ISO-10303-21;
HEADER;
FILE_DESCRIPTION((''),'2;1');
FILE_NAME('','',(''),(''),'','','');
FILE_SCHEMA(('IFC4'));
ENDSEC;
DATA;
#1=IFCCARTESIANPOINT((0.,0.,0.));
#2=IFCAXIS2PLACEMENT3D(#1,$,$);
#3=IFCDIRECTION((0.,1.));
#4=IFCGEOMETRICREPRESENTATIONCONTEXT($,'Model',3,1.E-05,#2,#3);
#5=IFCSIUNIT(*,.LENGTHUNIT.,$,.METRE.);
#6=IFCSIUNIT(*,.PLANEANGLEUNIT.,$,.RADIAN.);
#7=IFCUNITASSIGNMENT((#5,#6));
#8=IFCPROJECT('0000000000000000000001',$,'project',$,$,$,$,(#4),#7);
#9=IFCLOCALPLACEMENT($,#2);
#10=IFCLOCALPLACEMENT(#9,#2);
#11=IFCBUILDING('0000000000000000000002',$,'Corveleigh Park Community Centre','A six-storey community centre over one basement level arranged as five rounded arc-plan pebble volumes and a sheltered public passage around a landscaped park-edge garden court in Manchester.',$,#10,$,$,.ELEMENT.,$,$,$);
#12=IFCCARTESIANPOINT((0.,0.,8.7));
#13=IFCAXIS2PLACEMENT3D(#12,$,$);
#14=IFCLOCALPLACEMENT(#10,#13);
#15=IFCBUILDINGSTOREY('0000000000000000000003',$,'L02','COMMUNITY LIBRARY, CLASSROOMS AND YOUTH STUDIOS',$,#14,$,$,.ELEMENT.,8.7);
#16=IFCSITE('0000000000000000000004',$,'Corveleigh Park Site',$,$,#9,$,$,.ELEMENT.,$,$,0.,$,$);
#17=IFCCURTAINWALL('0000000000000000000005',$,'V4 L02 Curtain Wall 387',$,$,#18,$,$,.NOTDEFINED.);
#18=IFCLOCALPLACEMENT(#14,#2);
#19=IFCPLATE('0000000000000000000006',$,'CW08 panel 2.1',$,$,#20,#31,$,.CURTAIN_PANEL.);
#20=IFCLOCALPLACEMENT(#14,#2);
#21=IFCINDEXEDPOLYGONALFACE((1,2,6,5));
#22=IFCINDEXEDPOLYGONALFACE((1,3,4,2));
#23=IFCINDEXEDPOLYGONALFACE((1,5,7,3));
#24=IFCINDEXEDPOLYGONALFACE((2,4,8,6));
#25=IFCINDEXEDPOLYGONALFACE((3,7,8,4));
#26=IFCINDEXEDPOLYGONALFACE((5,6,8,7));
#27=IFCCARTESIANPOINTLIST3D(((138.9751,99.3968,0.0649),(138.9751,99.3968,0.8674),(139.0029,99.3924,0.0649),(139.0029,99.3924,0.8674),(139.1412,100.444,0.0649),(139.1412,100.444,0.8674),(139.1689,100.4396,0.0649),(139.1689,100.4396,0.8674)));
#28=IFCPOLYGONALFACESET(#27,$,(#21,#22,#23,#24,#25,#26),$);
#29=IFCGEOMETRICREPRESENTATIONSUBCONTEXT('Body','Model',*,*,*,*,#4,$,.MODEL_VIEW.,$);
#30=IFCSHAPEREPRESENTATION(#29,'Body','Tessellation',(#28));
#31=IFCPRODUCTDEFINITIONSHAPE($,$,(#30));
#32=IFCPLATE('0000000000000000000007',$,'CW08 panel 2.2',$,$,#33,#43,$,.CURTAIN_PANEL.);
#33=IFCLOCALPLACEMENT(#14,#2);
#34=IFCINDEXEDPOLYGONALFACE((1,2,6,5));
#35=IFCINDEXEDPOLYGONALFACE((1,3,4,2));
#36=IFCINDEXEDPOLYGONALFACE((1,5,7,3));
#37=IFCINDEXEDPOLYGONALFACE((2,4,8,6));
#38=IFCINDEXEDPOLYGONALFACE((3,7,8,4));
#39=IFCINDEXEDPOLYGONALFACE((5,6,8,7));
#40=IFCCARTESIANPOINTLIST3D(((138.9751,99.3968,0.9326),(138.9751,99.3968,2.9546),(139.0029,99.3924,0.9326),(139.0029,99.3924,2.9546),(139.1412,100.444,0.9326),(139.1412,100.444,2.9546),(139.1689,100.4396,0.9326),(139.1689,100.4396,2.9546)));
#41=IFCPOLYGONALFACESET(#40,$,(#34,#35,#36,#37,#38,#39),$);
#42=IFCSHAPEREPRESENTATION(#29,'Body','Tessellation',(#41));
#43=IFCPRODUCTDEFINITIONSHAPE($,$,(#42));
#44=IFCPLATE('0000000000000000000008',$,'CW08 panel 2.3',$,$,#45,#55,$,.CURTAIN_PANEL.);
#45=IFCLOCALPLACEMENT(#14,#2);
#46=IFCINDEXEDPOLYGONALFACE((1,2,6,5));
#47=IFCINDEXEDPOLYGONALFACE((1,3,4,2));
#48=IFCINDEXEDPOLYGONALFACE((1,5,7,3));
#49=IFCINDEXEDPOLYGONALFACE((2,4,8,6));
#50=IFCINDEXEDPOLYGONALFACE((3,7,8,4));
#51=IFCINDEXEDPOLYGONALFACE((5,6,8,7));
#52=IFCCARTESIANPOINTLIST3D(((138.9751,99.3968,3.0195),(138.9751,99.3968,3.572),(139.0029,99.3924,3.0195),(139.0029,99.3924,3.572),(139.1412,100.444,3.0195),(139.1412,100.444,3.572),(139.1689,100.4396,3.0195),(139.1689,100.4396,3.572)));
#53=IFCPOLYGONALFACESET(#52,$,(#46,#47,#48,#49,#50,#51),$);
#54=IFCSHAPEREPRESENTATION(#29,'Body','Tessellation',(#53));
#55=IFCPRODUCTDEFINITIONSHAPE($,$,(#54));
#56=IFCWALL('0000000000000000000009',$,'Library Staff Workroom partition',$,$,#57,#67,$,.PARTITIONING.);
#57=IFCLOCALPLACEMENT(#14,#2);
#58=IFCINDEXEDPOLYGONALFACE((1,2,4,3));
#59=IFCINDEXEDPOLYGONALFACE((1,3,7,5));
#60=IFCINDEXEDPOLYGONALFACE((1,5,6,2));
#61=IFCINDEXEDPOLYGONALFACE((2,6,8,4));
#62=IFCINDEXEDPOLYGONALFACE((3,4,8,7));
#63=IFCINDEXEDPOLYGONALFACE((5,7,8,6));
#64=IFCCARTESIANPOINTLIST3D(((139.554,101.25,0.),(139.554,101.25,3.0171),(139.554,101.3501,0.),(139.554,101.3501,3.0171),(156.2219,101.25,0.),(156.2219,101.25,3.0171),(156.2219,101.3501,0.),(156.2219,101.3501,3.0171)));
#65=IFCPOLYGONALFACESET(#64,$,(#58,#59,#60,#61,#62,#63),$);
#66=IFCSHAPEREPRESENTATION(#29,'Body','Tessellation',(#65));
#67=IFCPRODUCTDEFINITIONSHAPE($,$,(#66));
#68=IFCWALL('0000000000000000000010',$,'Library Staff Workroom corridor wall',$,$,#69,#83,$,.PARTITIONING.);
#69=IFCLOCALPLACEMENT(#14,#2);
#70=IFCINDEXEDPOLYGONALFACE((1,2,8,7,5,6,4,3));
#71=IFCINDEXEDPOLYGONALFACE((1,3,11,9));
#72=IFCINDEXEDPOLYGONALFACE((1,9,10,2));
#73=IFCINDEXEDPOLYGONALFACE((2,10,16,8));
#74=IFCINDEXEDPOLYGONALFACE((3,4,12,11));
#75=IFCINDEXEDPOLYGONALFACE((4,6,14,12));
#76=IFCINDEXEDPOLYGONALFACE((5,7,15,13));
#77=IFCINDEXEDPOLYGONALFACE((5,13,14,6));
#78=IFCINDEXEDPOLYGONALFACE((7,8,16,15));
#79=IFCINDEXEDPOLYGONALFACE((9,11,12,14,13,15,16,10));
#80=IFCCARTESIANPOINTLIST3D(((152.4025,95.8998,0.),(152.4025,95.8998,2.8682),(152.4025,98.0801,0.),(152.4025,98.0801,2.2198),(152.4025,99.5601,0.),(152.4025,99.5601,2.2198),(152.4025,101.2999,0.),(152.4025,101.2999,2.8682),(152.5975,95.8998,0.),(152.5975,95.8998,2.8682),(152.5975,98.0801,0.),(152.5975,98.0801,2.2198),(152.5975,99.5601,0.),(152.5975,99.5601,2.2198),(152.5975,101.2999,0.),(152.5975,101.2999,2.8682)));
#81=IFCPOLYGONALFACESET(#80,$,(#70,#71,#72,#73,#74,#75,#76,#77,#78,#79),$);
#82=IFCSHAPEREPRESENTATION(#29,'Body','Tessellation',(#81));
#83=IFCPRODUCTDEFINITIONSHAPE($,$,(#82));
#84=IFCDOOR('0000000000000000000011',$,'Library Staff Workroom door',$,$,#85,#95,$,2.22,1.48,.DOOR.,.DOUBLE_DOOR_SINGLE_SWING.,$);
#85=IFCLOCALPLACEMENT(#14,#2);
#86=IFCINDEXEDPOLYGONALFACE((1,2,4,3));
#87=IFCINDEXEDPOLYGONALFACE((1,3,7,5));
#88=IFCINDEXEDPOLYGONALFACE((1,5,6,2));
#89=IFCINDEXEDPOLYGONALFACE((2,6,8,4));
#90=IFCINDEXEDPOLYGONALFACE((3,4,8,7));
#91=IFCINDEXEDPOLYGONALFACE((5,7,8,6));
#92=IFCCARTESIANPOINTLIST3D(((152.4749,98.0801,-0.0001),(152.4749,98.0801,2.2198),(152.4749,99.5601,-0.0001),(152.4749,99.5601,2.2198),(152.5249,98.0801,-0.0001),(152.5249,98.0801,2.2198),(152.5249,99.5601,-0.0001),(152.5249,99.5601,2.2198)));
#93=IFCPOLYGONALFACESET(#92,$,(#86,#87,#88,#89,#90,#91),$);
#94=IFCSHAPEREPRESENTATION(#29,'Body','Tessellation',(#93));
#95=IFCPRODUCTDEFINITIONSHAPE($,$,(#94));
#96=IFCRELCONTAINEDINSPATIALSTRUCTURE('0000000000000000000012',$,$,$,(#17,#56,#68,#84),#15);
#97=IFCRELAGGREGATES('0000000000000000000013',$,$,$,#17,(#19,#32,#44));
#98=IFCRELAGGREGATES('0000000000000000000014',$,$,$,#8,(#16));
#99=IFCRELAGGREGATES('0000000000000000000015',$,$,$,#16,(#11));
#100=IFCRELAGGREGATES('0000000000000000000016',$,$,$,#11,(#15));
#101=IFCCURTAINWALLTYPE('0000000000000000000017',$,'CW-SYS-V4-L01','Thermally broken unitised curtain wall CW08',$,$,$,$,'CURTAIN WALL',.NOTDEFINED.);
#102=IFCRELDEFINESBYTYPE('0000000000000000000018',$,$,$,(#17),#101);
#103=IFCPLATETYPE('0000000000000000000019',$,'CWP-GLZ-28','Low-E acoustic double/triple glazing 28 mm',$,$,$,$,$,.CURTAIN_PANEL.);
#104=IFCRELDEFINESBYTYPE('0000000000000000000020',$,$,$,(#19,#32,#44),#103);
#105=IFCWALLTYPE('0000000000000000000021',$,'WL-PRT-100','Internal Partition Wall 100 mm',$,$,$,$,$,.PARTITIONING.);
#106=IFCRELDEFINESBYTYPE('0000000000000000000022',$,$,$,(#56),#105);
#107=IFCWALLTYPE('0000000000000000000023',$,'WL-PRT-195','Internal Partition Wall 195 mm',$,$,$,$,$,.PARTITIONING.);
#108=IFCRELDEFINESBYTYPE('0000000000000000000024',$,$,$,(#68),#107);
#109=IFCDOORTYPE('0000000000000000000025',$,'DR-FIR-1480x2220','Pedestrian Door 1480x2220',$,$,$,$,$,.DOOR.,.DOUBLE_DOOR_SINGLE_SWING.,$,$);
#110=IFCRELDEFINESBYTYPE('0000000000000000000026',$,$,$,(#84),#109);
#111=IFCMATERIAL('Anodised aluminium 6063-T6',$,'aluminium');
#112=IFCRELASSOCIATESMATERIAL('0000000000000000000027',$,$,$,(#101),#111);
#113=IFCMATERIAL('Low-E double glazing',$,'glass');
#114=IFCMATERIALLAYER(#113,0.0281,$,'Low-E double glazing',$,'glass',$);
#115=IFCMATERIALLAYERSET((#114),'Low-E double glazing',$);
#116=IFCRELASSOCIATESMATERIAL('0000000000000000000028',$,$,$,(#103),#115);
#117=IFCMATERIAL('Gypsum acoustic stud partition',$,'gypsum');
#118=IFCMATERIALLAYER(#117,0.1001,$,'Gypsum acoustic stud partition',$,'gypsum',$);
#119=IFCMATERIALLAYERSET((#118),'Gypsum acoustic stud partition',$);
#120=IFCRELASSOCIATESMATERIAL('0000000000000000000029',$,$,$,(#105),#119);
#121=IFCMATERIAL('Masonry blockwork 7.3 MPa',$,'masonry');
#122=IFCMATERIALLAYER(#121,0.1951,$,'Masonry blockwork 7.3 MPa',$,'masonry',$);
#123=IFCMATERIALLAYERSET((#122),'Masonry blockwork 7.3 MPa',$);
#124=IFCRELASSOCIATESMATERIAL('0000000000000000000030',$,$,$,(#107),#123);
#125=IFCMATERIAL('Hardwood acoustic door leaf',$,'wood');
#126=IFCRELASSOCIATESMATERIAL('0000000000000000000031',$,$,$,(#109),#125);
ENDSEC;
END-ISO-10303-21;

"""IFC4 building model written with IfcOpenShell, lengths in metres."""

from ifc_helpers import new_model, si_unit, direction, frame, frame_2d, origin, origin_2d, place, context, subcontext, project, spatial, rectangle, extrude, material, layer, layer_set, type_object, element, fill, aggregate, save


model = new_model("IFC4")

# Units and contexts
model_context = context("Model", 3, precision=1e-05, world=origin(), true_north=direction((0.0, 1.0)))
body_context = subcontext(model_context, "Body", "Model", "MODEL_VIEW")
ifc_project = project(units=[si_unit("LENGTHUNIT", "METRE"), si_unit("PLANEANGLEUNIT", "RADIAN")], contexts=[model_context])

# Site, building, storey
site_placement = place(None, origin())
site = spatial("IfcSite", under=ifc_project, at=site_placement, Name="Corveleigh Park Site", CompositionType="ELEMENT", RefElevation=0.0)
building_placement = place(site_placement, origin())
building = spatial("IfcBuilding", under=site, at=building_placement, Name="Corveleigh Park Community Centre", Description="A six-storey community centre over one basement level arranged as five rounded arc-plan pebble volumes and a sheltered public passage around a landscaped park-edge garden court in Manchester.", CompositionType="ELEMENT")
storey_placement = place(building_placement, frame((0.0, 0.0, 8.7)))
storey = spatial("IfcBuildingStorey", under=building, at=storey_placement, Name="L02", Description="COMMUNITY LIBRARY, CLASSROOMS AND YOUTH STUDIOS", CompositionType="ELEMENT", Elevation=8.7)

# Shared definitions
ifc_material_1 = material(Name="Anodised aluminium 6063-T6", Category="aluminium")
curtain_wall_type = type_object("IfcCurtainWallType", Name="CW-SYS-V4-L01", Description="Thermally broken unitised curtain wall CW08", ElementType="CURTAIN WALL", PredefinedType="NOTDEFINED", material=ifc_material_1)

# Curtain wall
curtain_wall_1_placement = place(storey_placement, origin())
curtain_wall_1 = element("IfcCurtainWall", 1, at=curtain_wall_1_placement, inside=storey, type_object=curtain_wall_type, Name="V4 L02 Curtain Wall 387", PredefinedType="NOTDEFINED")

# Plates
ifc_material_2 = material(Name="Low-E double glazing", Category="glass")
ifc_layer_1 = layer(ifc_material_2, 0.0281, Name="Low-E double glazing", Category="glass")
ifc_layer_set_1 = layer_set([ifc_layer_1], Name="Low-E double glazing")
plate_type_1 = type_object("IfcPlateType", Name="CWP-GLZ-28", Description="Low-E acoustic double/triple glazing 28 mm", PredefinedType="CURTAIN_PANEL", material=ifc_layer_set_1)
plate_1_placement = place(storey_placement, frame((139.072, 99.9182, 0.0649), z_axis=(0.0, 0.0, 1.0), x_axis=(0.156601, 0.987662, 0.0)))
plate_1 = element("IfcPlate", 2, at=plate_1_placement, type_object=plate_type_1, Name="CW08 panel 2.1", PredefinedType="CURTAIN_PANEL", context=body_context, shape_type="SweptSolid", body=[
    extrude(rectangle(XDim=1.0603, YDim=0.0281, at=origin_2d()), origin(), (0.0, 0.0, 1.0), 0.8025),
])
plate_2_placement = place(storey_placement, frame((139.072, 99.9182, 0.9326), z_axis=(0.0, 0.0, 1.0), x_axis=(0.156601, 0.987662, 0.0)))
plate_2 = element("IfcPlate", 3, at=plate_2_placement, type_object=plate_type_1, Name="CW08 panel 2.2", PredefinedType="CURTAIN_PANEL", context=body_context, shape_type="SweptSolid", body=[
    extrude(rectangle(XDim=1.0603, YDim=0.0281, at=origin_2d()), origin(), (0.0, 0.0, 1.0), 2.022),
])
plate_3_placement = place(storey_placement, frame((139.072, 99.9182, 3.0195), z_axis=(0.0, 0.0, 1.0), x_axis=(0.156601, 0.987662, 0.0)))
plate_3 = element("IfcPlate", 4, at=plate_3_placement, type_object=plate_type_1, Name="CW08 panel 2.3", PredefinedType="CURTAIN_PANEL", context=body_context, shape_type="SweptSolid", body=[
    extrude(rectangle(XDim=1.0603, YDim=0.0281, at=origin_2d()), origin(), (0.0, 0.0, 1.0), 0.5525),
])
aggregate(curtain_wall_1, [plate_1, plate_2, plate_3])

# Wall
ifc_material_3 = material(Name="Gypsum acoustic stud partition", Category="gypsum")
ifc_layer_2 = layer(ifc_material_3, 0.1001, Name="Gypsum acoustic stud partition", Category="gypsum")
ifc_layer_set_2 = layer_set([ifc_layer_2], Name="Gypsum acoustic stud partition")
wall_type_1 = type_object("IfcWallType", Name="WL-PRT-100", Description="Internal Partition Wall 100 mm", PredefinedType="PARTITIONING", material=ifc_layer_set_2)
wall_1_placement = place(storey_placement, frame((139.554, 101.3, 0.0), z_axis=(0.0, 0.0, 1.0), x_axis=(1.0, 0.0, 0.0)))
element("IfcWall", 5, at=wall_1_placement, inside=storey, type_object=wall_type_1, Name="Library Staff Workroom partition", PredefinedType="PARTITIONING", context=body_context, shape_type="SweptSolid", body=[
    extrude(rectangle(XDim=16.668, YDim=0.1001, at=frame_2d((8.334, 0.0))), origin(), (0.0, 0.0, 1.0), 3.0171),
])

# Wall, opening, door
ifc_material_4 = material(Name="Masonry blockwork 7.3 MPa", Category="masonry")
ifc_layer_3 = layer(ifc_material_4, 0.1951, Name="Masonry blockwork 7.3 MPa", Category="masonry")
ifc_layer_set_3 = layer_set([ifc_layer_3], Name="Masonry blockwork 7.3 MPa")
wall_type_2 = type_object("IfcWallType", Name="WL-PRT-195", Description="Internal Partition Wall 195 mm", PredefinedType="PARTITIONING", material=ifc_layer_set_3)
wall_2_placement = place(storey_placement, frame((152.5, 101.3, 0.0), z_axis=(0.0, 0.0, 1.0), x_axis=(0.0, -1.0, 0.0)))
wall_2 = element("IfcWall", 6, at=wall_2_placement, inside=storey, type_object=wall_type_2, Name="Library Staff Workroom corridor wall", PredefinedType="PARTITIONING", context=body_context, shape_type="SweptSolid", body=[
    extrude(rectangle(XDim=5.4001, YDim=0.1951, at=frame_2d((2.7002, 0.0))), origin(), (0.0, 0.0, 1.0), 2.8682),
])
opening_placement = place(wall_2_placement, frame((1.74, 0.0, 0.0)))
opening = element("IfcOpeningElement", 7, at=opening_placement, cuts=wall_2, PredefinedType="OPENING", context=body_context, shape_type="SweptSolid", body=[
    extrude(rectangle(XDim=1.48, YDim=2.22, at=frame_2d((0.74, 1.1099))), frame((0.0, 0.1074, 0.0), z_axis=(0.0, -1.0, 0.0), x_axis=(1.0, 0.0, 0.0)), (0.0, 0.0, 1.0), 0.2151),
])
ifc_material_5 = material(Name="Hardwood acoustic door leaf", Category="wood")
door_type = type_object("IfcDoorType", Name="DR-FIR-1480x2220", Description="Pedestrian Door 1480x2220", OperationType="DOUBLE_DOOR_SINGLE_SWING", PredefinedType="DOOR", material=ifc_material_5)
door_placement = place(opening_placement, origin())
door = element("IfcDoor", 8, at=door_placement, inside=storey, type_object=door_type, Name="Library Staff Workroom door", OperationType="DOUBLE_DOOR_SINGLE_SWING", OverallHeight=2.22, OverallWidth=1.48, PredefinedType="DOOR", context=body_context, shape_type="SweptSolid", body=[
    extrude(rectangle(XDim=1.48, YDim=2.22, at=frame_2d((0.74, 1.1099))), frame((0.0, 0.0249, 0.0), z_axis=(0.0, -1.0, 0.0), x_axis=(1.0, 0.0, 0.0)), (0.0, 0.0, 1.0), 0.05),
])
fill(opening, door)

save(model, "model.ifc")
